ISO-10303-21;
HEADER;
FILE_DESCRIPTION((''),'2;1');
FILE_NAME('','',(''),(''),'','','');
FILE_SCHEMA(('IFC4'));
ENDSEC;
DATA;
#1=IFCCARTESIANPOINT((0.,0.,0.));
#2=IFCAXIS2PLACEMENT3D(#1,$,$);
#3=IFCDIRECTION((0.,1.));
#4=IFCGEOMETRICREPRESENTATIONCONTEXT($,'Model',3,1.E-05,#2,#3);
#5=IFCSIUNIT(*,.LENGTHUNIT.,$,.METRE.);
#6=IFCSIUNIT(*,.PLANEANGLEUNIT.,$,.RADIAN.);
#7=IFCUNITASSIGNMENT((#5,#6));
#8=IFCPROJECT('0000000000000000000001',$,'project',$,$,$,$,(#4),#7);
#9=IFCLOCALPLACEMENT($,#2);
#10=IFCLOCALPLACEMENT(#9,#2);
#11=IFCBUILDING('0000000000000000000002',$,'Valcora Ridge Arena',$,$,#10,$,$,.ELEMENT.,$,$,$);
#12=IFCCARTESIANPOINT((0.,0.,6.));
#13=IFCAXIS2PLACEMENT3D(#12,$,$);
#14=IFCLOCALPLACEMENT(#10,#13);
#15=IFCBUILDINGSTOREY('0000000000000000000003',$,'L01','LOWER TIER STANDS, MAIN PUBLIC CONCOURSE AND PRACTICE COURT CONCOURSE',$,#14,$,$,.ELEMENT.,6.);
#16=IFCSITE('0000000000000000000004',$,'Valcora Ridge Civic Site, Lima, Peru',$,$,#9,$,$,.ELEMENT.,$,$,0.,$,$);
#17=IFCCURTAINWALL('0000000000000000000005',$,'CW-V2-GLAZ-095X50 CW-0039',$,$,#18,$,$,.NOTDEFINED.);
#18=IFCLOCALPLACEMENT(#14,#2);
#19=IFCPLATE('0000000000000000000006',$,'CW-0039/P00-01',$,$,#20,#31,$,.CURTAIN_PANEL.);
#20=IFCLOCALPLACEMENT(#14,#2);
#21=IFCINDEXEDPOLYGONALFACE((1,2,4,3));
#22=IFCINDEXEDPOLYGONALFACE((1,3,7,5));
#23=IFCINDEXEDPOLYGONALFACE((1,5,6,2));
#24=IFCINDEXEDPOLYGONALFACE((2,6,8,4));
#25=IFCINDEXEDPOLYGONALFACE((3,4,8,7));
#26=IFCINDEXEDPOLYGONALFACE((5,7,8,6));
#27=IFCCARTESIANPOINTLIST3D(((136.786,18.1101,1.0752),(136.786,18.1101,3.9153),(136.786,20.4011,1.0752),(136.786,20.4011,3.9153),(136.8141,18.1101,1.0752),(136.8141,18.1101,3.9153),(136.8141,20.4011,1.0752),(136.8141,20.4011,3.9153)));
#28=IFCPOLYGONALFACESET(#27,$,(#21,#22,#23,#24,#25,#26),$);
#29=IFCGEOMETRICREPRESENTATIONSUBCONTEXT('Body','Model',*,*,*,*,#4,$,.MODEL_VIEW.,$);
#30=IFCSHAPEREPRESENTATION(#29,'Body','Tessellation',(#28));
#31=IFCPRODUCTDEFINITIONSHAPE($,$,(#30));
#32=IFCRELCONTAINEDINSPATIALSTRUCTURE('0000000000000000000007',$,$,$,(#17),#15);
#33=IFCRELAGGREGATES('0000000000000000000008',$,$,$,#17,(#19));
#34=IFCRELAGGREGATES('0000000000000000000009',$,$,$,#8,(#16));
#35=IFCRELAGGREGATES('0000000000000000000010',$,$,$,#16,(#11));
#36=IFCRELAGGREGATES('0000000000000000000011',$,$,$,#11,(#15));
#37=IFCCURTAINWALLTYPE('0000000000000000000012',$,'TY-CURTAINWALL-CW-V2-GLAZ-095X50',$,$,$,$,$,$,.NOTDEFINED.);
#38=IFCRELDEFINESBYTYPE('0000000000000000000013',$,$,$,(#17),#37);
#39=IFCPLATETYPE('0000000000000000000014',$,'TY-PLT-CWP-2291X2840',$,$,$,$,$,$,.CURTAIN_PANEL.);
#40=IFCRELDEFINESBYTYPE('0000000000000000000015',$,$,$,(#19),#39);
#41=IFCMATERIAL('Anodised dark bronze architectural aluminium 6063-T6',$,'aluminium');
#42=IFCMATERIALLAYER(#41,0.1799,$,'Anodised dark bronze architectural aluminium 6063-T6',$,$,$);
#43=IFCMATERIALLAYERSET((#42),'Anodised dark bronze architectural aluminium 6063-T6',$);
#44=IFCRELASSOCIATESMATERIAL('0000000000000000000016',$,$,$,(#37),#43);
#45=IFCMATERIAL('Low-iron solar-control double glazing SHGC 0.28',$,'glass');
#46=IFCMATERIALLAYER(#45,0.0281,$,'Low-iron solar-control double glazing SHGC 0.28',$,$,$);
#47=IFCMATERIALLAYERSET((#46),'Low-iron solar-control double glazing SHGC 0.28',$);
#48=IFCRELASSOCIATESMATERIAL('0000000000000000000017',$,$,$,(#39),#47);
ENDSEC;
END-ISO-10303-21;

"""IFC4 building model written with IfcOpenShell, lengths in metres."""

from ifc_helpers import new_model, si_unit, direction, frame, origin, origin_2d, place, context, subcontext, project, spatial, rectangle, extrude, material, layer, layer_set, type_object, element, aggregate, save


model = new_model("IFC4")

# Units and contexts
model_context = context("Model", 3, precision=1e-05, world=origin(), true_north=direction((0.0, 1.0)))
body_context = subcontext(model_context, "Body", "Model", "MODEL_VIEW")
ifc_project = project(units=[si_unit("LENGTHUNIT", "METRE"), si_unit("PLANEANGLEUNIT", "RADIAN")], contexts=[model_context])

# Site, building, storey
site_placement = place(None, origin())
site = spatial("IfcSite", under=ifc_project, at=site_placement, Name="Valcora Ridge Civic Site, Lima, Peru", CompositionType="ELEMENT", RefElevation=0.0)
building_placement = place(site_placement, origin())
building = spatial("IfcBuilding", under=site, at=building_placement, Name="Valcora Ridge Arena", CompositionType="ELEMENT")
storey_placement = place(building_placement, frame((0.0, 0.0, 6.0)))
storey = spatial("IfcBuildingStorey", under=building, at=storey_placement, Name="L01", Description="LOWER TIER STANDS, MAIN PUBLIC CONCOURSE AND PRACTICE COURT CONCOURSE", CompositionType="ELEMENT", Elevation=6.0)

# Shared definitions
ifc_material_1 = material(Name="Anodised dark bronze architectural aluminium 6063-T6", Category="aluminium")

# Curtain wall
ifc_layer_1 = layer(ifc_material_1, 0.1799, Name="Anodised dark bronze architectural aluminium 6063-T6")
ifc_layer_set_1 = layer_set([ifc_layer_1], Name="Anodised dark bronze architectural aluminium 6063-T6")
curtain_wall_type_1 = type_object("IfcCurtainWallType", Name="TY-CURTAINWALL-CW-V2-GLAZ-095X50", PredefinedType="NOTDEFINED", material=ifc_layer_set_1)
curtain_wall_1_placement = place(storey_placement, origin())
curtain_wall_1 = element("IfcCurtainWall", 1, at=curtain_wall_1_placement, inside=storey, type_object=curtain_wall_type_1, Name="CW-V2-GLAZ-095X50 CW-0039", PredefinedType="NOTDEFINED")

# Plate
ifc_material_2 = material(Name="Low-iron solar-control double glazing SHGC 0.28", Category="glass")
ifc_layer_2 = layer(ifc_material_2, 0.0281, Name="Low-iron solar-control double glazing SHGC 0.28")
ifc_layer_set_2 = layer_set([ifc_layer_2], Name="Low-iron solar-control double glazing SHGC 0.28")
plate_type_1 = type_object("IfcPlateType", Name="TY-PLT-CWP-2291X2840", PredefinedType="CURTAIN_PANEL", material=ifc_layer_set_2)
plate_1_placement = place(storey_placement, frame((136.8, 19.2556, 1.0752), z_axis=(0.0, 0.0, 1.0), x_axis=(0.0, 1.0, 0.0)))
plate_1 = element("IfcPlate", 2, at=plate_1_placement, type_object=plate_type_1, Name="CW-0039/P00-01", PredefinedType="CURTAIN_PANEL", context=body_context, shape_type="SweptSolid", body=[
    extrude(rectangle(XDim=2.291, YDim=0.0281, at=origin_2d()), origin(), (0.0, 0.0, 1.0), 2.8401),
])
aggregate(curtain_wall_1, [plate_1])

save(model, "model.ifc")
